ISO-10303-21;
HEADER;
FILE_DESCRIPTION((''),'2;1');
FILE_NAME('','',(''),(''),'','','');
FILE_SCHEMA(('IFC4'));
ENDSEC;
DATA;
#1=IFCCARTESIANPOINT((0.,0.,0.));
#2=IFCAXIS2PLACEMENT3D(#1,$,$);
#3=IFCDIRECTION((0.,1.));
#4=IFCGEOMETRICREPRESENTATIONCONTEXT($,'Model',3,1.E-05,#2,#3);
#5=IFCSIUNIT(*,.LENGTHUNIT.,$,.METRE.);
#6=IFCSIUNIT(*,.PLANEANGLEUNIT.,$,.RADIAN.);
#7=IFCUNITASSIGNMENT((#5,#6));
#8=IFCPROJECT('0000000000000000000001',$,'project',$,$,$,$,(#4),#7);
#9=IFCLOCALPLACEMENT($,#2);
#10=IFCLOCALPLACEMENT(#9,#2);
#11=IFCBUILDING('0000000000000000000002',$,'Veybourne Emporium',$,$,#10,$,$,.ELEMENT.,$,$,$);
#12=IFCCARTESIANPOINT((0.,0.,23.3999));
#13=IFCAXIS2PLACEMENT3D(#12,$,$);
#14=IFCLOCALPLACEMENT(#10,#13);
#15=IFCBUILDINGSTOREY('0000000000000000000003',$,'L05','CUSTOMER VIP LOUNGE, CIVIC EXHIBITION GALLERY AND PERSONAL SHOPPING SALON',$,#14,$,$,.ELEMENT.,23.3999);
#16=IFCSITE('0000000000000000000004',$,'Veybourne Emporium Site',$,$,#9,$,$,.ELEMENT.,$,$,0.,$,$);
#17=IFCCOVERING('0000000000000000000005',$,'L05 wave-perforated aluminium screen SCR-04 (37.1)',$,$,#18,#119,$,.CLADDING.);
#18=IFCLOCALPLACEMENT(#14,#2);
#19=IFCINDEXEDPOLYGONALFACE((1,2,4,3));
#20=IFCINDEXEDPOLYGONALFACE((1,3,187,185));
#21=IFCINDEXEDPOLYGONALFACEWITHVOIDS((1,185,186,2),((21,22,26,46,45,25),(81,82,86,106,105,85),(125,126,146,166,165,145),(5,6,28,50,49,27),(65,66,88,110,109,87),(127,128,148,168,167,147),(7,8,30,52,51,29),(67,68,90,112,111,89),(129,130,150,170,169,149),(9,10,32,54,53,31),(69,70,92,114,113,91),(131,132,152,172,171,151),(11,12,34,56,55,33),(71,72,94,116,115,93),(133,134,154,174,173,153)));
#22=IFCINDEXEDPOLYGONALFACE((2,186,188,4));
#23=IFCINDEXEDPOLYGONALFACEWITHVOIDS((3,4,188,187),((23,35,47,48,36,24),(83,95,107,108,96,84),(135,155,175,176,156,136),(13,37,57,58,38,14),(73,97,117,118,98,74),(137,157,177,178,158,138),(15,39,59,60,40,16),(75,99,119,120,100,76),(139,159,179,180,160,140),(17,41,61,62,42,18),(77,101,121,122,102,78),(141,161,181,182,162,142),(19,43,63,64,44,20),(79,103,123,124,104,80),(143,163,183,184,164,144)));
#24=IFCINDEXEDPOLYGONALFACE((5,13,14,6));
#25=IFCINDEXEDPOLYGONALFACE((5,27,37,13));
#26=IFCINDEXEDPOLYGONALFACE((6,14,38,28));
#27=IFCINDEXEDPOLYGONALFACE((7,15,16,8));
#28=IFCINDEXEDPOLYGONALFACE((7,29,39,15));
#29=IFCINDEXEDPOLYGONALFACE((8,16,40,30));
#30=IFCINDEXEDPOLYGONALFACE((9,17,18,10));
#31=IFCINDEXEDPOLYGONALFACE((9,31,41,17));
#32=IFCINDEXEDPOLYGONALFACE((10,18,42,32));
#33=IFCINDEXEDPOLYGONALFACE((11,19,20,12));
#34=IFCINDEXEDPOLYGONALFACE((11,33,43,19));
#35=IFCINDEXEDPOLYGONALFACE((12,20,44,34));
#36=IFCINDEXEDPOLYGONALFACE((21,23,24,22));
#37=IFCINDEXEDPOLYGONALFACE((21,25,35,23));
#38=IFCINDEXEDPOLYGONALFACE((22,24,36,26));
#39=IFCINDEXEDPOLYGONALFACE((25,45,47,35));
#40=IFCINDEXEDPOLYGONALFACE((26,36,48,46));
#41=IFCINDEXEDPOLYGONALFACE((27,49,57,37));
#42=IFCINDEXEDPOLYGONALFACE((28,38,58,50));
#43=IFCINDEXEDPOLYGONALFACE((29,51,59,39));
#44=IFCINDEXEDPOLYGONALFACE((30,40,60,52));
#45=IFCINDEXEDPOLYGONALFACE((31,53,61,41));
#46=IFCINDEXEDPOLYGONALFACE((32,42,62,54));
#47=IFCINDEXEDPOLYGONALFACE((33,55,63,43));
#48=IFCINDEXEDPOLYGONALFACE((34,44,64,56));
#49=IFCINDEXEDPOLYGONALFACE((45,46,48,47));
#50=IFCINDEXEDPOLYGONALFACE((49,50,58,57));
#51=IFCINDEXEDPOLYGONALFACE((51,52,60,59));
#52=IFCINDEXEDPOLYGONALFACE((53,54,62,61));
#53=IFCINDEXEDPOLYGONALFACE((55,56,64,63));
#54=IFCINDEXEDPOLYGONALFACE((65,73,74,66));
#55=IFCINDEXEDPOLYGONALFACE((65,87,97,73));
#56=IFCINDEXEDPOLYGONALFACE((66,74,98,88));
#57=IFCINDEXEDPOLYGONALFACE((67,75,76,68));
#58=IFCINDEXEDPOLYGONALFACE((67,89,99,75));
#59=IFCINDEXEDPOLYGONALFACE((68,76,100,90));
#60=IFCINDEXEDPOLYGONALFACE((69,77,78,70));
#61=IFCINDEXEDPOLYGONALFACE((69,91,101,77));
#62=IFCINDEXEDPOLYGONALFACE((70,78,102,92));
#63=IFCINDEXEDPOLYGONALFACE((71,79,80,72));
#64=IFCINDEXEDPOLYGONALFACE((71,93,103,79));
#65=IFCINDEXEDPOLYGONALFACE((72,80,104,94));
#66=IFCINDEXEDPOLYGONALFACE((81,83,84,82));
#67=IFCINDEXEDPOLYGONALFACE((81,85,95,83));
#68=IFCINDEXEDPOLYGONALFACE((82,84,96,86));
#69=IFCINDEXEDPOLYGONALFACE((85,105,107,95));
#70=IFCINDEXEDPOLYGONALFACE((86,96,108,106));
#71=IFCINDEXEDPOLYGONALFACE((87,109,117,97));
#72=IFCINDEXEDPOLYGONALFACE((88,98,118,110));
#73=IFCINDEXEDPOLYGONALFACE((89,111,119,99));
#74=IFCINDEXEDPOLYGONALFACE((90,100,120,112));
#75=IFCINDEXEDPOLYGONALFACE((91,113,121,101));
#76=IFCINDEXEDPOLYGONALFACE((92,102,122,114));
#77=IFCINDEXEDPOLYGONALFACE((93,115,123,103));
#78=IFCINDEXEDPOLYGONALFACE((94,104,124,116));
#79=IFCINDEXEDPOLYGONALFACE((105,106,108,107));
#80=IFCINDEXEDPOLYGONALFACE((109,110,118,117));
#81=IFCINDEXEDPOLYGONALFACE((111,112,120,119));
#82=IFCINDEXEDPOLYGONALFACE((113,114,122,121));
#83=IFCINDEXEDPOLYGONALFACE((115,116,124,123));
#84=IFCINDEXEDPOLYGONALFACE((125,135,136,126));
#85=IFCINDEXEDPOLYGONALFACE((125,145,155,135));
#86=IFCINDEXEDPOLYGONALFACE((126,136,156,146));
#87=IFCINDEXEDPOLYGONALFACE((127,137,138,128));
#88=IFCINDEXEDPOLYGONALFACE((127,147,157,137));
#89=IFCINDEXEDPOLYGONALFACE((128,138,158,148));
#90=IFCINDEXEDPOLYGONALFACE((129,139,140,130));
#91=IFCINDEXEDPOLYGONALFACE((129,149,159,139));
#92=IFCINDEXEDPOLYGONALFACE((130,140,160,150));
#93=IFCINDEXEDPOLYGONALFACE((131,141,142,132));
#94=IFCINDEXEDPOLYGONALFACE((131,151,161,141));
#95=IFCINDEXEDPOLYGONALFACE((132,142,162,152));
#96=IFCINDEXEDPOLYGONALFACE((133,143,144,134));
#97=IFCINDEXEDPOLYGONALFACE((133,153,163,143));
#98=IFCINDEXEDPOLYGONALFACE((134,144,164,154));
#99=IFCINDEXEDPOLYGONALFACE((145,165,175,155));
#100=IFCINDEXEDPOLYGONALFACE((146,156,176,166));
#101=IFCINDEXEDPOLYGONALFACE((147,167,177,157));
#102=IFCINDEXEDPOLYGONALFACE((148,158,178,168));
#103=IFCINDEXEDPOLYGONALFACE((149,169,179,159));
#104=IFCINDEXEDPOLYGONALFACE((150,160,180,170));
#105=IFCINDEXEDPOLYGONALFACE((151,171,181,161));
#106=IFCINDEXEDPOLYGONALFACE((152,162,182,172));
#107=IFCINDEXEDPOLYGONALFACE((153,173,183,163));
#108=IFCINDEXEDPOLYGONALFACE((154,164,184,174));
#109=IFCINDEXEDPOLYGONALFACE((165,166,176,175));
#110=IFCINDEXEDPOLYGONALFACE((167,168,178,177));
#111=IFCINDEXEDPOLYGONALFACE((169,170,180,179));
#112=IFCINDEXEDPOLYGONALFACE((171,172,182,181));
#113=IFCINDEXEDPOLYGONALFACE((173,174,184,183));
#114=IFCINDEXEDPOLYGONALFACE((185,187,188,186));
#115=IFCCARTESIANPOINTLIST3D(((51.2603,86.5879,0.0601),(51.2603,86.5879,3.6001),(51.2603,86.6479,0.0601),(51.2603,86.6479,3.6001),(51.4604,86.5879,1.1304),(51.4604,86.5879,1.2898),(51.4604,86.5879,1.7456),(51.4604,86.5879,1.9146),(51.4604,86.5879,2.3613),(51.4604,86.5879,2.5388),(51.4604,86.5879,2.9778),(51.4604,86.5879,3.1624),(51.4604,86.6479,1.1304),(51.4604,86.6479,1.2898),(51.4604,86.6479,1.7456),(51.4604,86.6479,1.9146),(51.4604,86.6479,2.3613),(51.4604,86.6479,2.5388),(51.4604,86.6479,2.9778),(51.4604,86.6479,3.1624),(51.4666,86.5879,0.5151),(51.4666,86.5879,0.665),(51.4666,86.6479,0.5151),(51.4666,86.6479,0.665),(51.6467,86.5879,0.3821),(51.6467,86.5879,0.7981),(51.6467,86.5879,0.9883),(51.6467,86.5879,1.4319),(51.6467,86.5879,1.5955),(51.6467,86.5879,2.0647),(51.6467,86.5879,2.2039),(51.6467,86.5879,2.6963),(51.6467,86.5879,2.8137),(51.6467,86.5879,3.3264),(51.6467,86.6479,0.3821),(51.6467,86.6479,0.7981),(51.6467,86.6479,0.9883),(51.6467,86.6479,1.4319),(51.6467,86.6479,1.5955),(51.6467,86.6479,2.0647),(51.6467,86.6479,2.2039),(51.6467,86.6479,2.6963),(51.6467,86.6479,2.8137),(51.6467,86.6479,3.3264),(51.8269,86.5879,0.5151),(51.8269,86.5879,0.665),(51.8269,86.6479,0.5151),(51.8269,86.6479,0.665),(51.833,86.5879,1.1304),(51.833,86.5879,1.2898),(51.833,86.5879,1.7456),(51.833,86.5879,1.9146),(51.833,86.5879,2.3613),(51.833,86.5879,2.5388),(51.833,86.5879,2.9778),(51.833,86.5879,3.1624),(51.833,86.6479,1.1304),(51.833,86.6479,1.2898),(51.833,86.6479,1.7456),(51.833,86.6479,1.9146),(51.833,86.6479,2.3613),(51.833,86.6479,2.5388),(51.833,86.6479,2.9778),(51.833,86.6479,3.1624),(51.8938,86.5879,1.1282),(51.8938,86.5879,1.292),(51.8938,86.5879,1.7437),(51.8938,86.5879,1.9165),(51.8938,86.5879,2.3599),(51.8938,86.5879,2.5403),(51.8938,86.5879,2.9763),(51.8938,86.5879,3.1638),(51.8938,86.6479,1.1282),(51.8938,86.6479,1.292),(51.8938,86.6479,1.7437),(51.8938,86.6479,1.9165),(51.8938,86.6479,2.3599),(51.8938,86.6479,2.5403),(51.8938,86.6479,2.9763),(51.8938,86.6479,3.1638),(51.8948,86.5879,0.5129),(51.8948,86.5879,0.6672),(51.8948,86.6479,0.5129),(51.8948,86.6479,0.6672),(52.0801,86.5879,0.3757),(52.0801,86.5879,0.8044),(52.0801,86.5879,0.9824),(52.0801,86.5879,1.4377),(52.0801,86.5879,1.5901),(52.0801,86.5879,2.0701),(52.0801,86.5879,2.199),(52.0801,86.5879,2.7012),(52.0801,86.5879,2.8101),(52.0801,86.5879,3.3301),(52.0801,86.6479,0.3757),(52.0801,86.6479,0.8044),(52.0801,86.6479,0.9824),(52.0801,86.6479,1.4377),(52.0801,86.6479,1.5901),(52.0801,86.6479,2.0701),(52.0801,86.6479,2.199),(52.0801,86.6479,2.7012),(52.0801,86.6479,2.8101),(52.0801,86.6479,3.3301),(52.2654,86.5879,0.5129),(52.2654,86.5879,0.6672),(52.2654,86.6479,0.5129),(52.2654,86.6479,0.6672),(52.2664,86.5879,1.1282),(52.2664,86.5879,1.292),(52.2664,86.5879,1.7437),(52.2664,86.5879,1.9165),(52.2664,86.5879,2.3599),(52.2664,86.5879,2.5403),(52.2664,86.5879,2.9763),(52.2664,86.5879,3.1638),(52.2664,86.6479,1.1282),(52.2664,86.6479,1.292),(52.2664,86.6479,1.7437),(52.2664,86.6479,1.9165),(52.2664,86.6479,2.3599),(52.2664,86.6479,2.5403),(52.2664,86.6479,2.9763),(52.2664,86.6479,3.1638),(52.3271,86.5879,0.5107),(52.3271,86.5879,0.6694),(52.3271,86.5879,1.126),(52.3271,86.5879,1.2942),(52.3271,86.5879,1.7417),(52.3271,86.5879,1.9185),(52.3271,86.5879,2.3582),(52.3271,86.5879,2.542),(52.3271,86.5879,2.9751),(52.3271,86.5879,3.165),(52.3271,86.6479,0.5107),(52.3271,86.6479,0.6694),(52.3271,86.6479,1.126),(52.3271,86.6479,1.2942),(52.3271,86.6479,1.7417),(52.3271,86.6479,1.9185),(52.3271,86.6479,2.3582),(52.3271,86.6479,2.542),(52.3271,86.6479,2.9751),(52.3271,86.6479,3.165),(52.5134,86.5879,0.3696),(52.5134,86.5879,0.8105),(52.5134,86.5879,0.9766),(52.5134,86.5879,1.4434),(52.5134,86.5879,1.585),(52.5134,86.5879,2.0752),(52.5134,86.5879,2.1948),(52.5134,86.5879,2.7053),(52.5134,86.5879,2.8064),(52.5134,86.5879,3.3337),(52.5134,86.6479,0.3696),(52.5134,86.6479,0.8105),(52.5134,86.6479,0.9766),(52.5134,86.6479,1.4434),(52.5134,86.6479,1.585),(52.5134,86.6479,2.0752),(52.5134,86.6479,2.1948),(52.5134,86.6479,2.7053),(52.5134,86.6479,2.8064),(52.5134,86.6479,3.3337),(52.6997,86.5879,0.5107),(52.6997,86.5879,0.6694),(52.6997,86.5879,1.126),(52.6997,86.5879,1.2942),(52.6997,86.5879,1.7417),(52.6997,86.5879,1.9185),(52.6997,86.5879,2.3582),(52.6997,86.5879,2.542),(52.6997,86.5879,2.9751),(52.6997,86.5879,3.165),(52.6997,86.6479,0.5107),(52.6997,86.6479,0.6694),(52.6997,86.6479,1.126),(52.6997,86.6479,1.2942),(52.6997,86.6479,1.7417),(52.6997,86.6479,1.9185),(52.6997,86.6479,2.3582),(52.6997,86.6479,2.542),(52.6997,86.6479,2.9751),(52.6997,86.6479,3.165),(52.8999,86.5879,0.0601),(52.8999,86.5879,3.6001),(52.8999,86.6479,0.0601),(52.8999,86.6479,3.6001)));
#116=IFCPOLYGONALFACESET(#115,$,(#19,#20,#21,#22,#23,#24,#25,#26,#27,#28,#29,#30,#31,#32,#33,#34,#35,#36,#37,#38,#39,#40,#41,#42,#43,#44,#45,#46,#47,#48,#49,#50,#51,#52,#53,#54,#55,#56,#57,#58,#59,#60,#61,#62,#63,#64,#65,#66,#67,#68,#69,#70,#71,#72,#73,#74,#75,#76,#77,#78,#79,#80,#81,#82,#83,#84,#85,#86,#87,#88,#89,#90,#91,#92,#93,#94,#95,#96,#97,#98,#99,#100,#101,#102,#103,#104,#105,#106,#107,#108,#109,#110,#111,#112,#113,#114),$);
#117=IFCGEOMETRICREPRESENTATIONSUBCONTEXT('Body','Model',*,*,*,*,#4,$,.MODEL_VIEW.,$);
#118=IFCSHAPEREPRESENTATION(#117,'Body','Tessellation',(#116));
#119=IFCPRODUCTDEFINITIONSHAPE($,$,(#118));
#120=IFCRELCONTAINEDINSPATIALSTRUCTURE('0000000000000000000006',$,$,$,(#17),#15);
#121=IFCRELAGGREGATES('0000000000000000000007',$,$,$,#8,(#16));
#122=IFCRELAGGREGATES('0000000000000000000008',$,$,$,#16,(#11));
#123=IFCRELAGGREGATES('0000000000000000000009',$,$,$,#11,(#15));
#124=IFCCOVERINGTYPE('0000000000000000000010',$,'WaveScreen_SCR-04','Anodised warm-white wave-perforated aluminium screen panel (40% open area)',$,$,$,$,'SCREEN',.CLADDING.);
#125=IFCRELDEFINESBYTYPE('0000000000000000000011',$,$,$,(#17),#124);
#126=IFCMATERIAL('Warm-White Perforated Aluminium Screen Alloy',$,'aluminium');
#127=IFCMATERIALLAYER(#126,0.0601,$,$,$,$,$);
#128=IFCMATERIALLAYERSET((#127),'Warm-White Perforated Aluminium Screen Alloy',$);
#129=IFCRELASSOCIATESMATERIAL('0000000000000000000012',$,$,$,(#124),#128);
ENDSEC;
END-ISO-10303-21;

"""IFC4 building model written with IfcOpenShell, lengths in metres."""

from ifc_helpers import new_model, si_unit, direction, frame, origin, place, context, subcontext, project, spatial, polyline, outline, extrude, material, layer, layer_set, type_object, element, save


model = new_model("IFC4")

# Units and contexts
model_context = context("Model", 3, precision=1e-05, world=origin(), true_north=direction((0.0, 1.0)))
body_context = subcontext(model_context, "Body", "Model", "MODEL_VIEW")
ifc_project = project(units=[si_unit("LENGTHUNIT", "METRE"), si_unit("PLANEANGLEUNIT", "RADIAN")], contexts=[model_context])

# Site, building, storey
site_placement = place(None, origin())
site = spatial("IfcSite", under=ifc_project, at=site_placement, Name="Veybourne Emporium Site", CompositionType="ELEMENT", RefElevation=0.0)
building_placement = place(site_placement, origin())
building = spatial("IfcBuilding", under=site, at=building_placement, Name="Veybourne Emporium", CompositionType="ELEMENT")
storey_placement = place(building_placement, frame((0.0, 0.0, 23.3999)))
storey = spatial("IfcBuildingStorey", under=building, at=storey_placement, Name="L05", Description="CUSTOMER VIP LOUNGE, CIVIC EXHIBITION GALLERY AND PERSONAL SHOPPING SALON", CompositionType="ELEMENT", Elevation=23.3999)

# Covering
ifc_material_1 = material(Name="Warm-White Perforated Aluminium Screen Alloy", Category="aluminium")
ifc_layer_1 = layer(ifc_material_1, 0.0601)
ifc_layer_set_1 = layer_set([ifc_layer_1], Name="Warm-White Perforated Aluminium Screen Alloy")
covering_type_1 = type_object("IfcCoveringType", Name="WaveScreen_SCR-04", Description="Anodised warm-white wave-perforated aluminium screen panel (40% open area)", ElementType="SCREEN", PredefinedType="CLADDING", material=ifc_layer_set_1)
covering_1_placement = place(storey_placement, frame((52.0801, 86.6479, 1.8301), z_axis=(0.0, -1.0, 0.0), x_axis=(1.0, 0.0, 0.0)))
element("IfcCovering", 1, at=covering_1_placement, inside=storey, type_object=covering_type_1, Name="L05 wave-perforated aluminium screen SCR-04 (37.1)", PredefinedType="CLADDING", context=body_context, shape_type="SweptSolid", body=[
    extrude(outline(polyline([(-0.8198, -1.77), (0.8198, -1.77), (0.8198, 1.77), (-0.8198, 1.77), (-0.8198, -1.77)]), holes=[polyline([(-0.4333, -1.032), (-0.2532, -1.165), (-0.2532, -1.3149), (-0.4333, -1.448), (-0.6135, -1.3149), (-0.6135, -1.165), (-0.4333, -1.032)]), polyline([(-0.4333, -0.3982), (-0.2471, -0.5403), (-0.2471, -0.6997), (-0.4333, -0.8418), (-0.6196, -0.6997), (-0.6196, -0.5403), (-0.4333, -0.3982)]), polyline([(-0.4333, 0.2346), (-0.2471, 0.0845), (-0.2471, -0.0845), (-0.4333, -0.2346), (-0.6196, -0.0845), (-0.6196, 0.0845), (-0.4333, 0.2346)]), polyline([(-0.4333, 0.8662), (-0.2471, 0.7087), (-0.2471, 0.5312), (-0.4333, 0.3738), (-0.6196, 0.5312), (-0.6196, 0.7087), (-0.4333, 0.8662)]), polyline([(-0.4333, 1.4963), (-0.2471, 1.3323), (-0.2471, 1.1477), (-0.4333, 0.9836), (-0.6196, 1.1477), (-0.6196, 1.3323), (-0.4333, 1.4963)]), polyline([(0.0, -1.0256), (0.1853, -1.1628), (0.1853, -1.3171), (0.0, -1.4543), (-0.1853, -1.3171), (-0.1853, -1.1628), (0.0, -1.0256)]), polyline([(0.0, -0.3923), (0.1863, -0.5381), (0.1863, -0.7019), (0.0, -0.8477), (-0.1863, -0.7019), (-0.1863, -0.5381), (0.0, -0.3923)]), polyline([(0.0, 0.24), (0.1863, 0.0864), (0.1863, -0.0864), (0.0, -0.24), (-0.1863, -0.0864), (-0.1863, 0.0864), (0.0, 0.24)]), polyline([(0.0, 0.8711), (0.1863, 0.7102), (0.1863, 0.5298), (0.0, 0.3689), (-0.1863, 0.5298), (-0.1863, 0.7102), (0.0, 0.8711)]), polyline([(0.0, 1.5), (0.1863, 1.3337), (0.1863, 1.1462), (0.0, 0.98), (-0.1863, 1.1462), (-0.1863, 1.3337), (0.0, 1.5)]), polyline([(0.4333, -1.0195), (0.6196, -1.1606), (0.6196, -1.3193), (0.4333, -1.4604), (0.2471, -1.3193), (0.2471, -1.1606), (0.4333, -1.0195)]), polyline([(0.4333, -0.3867), (0.6196, -0.5359), (0.6196, -0.7041), (0.4333, -0.8535), (0.2471, -0.7041), (0.2471, -0.5359), (0.4333, -0.3867)]), polyline([(0.4333, 0.2451), (0.6196, 0.0884), (0.6196, -0.0884), (0.4333, -0.2451), (0.2471, -0.0884), (0.2471, 0.0884), (0.4333, 0.2451)]), polyline([(0.4333, 0.8752), (0.6196, 0.7119), (0.6196, 0.5281), (0.4333, 0.3647), (0.2471, 0.5281), (0.2471, 0.7119), (0.4333, 0.8752)]), polyline([(0.4333, 1.5037), (0.6196, 1.335), (0.6196, 1.145), (0.4333, 0.9763), (0.2471, 1.145), (0.2471, 1.335), (0.4333, 1.5037)])]), origin(), (0.0, 0.0, 1.0), 0.0601),
])

save(model, "model.ifc")
